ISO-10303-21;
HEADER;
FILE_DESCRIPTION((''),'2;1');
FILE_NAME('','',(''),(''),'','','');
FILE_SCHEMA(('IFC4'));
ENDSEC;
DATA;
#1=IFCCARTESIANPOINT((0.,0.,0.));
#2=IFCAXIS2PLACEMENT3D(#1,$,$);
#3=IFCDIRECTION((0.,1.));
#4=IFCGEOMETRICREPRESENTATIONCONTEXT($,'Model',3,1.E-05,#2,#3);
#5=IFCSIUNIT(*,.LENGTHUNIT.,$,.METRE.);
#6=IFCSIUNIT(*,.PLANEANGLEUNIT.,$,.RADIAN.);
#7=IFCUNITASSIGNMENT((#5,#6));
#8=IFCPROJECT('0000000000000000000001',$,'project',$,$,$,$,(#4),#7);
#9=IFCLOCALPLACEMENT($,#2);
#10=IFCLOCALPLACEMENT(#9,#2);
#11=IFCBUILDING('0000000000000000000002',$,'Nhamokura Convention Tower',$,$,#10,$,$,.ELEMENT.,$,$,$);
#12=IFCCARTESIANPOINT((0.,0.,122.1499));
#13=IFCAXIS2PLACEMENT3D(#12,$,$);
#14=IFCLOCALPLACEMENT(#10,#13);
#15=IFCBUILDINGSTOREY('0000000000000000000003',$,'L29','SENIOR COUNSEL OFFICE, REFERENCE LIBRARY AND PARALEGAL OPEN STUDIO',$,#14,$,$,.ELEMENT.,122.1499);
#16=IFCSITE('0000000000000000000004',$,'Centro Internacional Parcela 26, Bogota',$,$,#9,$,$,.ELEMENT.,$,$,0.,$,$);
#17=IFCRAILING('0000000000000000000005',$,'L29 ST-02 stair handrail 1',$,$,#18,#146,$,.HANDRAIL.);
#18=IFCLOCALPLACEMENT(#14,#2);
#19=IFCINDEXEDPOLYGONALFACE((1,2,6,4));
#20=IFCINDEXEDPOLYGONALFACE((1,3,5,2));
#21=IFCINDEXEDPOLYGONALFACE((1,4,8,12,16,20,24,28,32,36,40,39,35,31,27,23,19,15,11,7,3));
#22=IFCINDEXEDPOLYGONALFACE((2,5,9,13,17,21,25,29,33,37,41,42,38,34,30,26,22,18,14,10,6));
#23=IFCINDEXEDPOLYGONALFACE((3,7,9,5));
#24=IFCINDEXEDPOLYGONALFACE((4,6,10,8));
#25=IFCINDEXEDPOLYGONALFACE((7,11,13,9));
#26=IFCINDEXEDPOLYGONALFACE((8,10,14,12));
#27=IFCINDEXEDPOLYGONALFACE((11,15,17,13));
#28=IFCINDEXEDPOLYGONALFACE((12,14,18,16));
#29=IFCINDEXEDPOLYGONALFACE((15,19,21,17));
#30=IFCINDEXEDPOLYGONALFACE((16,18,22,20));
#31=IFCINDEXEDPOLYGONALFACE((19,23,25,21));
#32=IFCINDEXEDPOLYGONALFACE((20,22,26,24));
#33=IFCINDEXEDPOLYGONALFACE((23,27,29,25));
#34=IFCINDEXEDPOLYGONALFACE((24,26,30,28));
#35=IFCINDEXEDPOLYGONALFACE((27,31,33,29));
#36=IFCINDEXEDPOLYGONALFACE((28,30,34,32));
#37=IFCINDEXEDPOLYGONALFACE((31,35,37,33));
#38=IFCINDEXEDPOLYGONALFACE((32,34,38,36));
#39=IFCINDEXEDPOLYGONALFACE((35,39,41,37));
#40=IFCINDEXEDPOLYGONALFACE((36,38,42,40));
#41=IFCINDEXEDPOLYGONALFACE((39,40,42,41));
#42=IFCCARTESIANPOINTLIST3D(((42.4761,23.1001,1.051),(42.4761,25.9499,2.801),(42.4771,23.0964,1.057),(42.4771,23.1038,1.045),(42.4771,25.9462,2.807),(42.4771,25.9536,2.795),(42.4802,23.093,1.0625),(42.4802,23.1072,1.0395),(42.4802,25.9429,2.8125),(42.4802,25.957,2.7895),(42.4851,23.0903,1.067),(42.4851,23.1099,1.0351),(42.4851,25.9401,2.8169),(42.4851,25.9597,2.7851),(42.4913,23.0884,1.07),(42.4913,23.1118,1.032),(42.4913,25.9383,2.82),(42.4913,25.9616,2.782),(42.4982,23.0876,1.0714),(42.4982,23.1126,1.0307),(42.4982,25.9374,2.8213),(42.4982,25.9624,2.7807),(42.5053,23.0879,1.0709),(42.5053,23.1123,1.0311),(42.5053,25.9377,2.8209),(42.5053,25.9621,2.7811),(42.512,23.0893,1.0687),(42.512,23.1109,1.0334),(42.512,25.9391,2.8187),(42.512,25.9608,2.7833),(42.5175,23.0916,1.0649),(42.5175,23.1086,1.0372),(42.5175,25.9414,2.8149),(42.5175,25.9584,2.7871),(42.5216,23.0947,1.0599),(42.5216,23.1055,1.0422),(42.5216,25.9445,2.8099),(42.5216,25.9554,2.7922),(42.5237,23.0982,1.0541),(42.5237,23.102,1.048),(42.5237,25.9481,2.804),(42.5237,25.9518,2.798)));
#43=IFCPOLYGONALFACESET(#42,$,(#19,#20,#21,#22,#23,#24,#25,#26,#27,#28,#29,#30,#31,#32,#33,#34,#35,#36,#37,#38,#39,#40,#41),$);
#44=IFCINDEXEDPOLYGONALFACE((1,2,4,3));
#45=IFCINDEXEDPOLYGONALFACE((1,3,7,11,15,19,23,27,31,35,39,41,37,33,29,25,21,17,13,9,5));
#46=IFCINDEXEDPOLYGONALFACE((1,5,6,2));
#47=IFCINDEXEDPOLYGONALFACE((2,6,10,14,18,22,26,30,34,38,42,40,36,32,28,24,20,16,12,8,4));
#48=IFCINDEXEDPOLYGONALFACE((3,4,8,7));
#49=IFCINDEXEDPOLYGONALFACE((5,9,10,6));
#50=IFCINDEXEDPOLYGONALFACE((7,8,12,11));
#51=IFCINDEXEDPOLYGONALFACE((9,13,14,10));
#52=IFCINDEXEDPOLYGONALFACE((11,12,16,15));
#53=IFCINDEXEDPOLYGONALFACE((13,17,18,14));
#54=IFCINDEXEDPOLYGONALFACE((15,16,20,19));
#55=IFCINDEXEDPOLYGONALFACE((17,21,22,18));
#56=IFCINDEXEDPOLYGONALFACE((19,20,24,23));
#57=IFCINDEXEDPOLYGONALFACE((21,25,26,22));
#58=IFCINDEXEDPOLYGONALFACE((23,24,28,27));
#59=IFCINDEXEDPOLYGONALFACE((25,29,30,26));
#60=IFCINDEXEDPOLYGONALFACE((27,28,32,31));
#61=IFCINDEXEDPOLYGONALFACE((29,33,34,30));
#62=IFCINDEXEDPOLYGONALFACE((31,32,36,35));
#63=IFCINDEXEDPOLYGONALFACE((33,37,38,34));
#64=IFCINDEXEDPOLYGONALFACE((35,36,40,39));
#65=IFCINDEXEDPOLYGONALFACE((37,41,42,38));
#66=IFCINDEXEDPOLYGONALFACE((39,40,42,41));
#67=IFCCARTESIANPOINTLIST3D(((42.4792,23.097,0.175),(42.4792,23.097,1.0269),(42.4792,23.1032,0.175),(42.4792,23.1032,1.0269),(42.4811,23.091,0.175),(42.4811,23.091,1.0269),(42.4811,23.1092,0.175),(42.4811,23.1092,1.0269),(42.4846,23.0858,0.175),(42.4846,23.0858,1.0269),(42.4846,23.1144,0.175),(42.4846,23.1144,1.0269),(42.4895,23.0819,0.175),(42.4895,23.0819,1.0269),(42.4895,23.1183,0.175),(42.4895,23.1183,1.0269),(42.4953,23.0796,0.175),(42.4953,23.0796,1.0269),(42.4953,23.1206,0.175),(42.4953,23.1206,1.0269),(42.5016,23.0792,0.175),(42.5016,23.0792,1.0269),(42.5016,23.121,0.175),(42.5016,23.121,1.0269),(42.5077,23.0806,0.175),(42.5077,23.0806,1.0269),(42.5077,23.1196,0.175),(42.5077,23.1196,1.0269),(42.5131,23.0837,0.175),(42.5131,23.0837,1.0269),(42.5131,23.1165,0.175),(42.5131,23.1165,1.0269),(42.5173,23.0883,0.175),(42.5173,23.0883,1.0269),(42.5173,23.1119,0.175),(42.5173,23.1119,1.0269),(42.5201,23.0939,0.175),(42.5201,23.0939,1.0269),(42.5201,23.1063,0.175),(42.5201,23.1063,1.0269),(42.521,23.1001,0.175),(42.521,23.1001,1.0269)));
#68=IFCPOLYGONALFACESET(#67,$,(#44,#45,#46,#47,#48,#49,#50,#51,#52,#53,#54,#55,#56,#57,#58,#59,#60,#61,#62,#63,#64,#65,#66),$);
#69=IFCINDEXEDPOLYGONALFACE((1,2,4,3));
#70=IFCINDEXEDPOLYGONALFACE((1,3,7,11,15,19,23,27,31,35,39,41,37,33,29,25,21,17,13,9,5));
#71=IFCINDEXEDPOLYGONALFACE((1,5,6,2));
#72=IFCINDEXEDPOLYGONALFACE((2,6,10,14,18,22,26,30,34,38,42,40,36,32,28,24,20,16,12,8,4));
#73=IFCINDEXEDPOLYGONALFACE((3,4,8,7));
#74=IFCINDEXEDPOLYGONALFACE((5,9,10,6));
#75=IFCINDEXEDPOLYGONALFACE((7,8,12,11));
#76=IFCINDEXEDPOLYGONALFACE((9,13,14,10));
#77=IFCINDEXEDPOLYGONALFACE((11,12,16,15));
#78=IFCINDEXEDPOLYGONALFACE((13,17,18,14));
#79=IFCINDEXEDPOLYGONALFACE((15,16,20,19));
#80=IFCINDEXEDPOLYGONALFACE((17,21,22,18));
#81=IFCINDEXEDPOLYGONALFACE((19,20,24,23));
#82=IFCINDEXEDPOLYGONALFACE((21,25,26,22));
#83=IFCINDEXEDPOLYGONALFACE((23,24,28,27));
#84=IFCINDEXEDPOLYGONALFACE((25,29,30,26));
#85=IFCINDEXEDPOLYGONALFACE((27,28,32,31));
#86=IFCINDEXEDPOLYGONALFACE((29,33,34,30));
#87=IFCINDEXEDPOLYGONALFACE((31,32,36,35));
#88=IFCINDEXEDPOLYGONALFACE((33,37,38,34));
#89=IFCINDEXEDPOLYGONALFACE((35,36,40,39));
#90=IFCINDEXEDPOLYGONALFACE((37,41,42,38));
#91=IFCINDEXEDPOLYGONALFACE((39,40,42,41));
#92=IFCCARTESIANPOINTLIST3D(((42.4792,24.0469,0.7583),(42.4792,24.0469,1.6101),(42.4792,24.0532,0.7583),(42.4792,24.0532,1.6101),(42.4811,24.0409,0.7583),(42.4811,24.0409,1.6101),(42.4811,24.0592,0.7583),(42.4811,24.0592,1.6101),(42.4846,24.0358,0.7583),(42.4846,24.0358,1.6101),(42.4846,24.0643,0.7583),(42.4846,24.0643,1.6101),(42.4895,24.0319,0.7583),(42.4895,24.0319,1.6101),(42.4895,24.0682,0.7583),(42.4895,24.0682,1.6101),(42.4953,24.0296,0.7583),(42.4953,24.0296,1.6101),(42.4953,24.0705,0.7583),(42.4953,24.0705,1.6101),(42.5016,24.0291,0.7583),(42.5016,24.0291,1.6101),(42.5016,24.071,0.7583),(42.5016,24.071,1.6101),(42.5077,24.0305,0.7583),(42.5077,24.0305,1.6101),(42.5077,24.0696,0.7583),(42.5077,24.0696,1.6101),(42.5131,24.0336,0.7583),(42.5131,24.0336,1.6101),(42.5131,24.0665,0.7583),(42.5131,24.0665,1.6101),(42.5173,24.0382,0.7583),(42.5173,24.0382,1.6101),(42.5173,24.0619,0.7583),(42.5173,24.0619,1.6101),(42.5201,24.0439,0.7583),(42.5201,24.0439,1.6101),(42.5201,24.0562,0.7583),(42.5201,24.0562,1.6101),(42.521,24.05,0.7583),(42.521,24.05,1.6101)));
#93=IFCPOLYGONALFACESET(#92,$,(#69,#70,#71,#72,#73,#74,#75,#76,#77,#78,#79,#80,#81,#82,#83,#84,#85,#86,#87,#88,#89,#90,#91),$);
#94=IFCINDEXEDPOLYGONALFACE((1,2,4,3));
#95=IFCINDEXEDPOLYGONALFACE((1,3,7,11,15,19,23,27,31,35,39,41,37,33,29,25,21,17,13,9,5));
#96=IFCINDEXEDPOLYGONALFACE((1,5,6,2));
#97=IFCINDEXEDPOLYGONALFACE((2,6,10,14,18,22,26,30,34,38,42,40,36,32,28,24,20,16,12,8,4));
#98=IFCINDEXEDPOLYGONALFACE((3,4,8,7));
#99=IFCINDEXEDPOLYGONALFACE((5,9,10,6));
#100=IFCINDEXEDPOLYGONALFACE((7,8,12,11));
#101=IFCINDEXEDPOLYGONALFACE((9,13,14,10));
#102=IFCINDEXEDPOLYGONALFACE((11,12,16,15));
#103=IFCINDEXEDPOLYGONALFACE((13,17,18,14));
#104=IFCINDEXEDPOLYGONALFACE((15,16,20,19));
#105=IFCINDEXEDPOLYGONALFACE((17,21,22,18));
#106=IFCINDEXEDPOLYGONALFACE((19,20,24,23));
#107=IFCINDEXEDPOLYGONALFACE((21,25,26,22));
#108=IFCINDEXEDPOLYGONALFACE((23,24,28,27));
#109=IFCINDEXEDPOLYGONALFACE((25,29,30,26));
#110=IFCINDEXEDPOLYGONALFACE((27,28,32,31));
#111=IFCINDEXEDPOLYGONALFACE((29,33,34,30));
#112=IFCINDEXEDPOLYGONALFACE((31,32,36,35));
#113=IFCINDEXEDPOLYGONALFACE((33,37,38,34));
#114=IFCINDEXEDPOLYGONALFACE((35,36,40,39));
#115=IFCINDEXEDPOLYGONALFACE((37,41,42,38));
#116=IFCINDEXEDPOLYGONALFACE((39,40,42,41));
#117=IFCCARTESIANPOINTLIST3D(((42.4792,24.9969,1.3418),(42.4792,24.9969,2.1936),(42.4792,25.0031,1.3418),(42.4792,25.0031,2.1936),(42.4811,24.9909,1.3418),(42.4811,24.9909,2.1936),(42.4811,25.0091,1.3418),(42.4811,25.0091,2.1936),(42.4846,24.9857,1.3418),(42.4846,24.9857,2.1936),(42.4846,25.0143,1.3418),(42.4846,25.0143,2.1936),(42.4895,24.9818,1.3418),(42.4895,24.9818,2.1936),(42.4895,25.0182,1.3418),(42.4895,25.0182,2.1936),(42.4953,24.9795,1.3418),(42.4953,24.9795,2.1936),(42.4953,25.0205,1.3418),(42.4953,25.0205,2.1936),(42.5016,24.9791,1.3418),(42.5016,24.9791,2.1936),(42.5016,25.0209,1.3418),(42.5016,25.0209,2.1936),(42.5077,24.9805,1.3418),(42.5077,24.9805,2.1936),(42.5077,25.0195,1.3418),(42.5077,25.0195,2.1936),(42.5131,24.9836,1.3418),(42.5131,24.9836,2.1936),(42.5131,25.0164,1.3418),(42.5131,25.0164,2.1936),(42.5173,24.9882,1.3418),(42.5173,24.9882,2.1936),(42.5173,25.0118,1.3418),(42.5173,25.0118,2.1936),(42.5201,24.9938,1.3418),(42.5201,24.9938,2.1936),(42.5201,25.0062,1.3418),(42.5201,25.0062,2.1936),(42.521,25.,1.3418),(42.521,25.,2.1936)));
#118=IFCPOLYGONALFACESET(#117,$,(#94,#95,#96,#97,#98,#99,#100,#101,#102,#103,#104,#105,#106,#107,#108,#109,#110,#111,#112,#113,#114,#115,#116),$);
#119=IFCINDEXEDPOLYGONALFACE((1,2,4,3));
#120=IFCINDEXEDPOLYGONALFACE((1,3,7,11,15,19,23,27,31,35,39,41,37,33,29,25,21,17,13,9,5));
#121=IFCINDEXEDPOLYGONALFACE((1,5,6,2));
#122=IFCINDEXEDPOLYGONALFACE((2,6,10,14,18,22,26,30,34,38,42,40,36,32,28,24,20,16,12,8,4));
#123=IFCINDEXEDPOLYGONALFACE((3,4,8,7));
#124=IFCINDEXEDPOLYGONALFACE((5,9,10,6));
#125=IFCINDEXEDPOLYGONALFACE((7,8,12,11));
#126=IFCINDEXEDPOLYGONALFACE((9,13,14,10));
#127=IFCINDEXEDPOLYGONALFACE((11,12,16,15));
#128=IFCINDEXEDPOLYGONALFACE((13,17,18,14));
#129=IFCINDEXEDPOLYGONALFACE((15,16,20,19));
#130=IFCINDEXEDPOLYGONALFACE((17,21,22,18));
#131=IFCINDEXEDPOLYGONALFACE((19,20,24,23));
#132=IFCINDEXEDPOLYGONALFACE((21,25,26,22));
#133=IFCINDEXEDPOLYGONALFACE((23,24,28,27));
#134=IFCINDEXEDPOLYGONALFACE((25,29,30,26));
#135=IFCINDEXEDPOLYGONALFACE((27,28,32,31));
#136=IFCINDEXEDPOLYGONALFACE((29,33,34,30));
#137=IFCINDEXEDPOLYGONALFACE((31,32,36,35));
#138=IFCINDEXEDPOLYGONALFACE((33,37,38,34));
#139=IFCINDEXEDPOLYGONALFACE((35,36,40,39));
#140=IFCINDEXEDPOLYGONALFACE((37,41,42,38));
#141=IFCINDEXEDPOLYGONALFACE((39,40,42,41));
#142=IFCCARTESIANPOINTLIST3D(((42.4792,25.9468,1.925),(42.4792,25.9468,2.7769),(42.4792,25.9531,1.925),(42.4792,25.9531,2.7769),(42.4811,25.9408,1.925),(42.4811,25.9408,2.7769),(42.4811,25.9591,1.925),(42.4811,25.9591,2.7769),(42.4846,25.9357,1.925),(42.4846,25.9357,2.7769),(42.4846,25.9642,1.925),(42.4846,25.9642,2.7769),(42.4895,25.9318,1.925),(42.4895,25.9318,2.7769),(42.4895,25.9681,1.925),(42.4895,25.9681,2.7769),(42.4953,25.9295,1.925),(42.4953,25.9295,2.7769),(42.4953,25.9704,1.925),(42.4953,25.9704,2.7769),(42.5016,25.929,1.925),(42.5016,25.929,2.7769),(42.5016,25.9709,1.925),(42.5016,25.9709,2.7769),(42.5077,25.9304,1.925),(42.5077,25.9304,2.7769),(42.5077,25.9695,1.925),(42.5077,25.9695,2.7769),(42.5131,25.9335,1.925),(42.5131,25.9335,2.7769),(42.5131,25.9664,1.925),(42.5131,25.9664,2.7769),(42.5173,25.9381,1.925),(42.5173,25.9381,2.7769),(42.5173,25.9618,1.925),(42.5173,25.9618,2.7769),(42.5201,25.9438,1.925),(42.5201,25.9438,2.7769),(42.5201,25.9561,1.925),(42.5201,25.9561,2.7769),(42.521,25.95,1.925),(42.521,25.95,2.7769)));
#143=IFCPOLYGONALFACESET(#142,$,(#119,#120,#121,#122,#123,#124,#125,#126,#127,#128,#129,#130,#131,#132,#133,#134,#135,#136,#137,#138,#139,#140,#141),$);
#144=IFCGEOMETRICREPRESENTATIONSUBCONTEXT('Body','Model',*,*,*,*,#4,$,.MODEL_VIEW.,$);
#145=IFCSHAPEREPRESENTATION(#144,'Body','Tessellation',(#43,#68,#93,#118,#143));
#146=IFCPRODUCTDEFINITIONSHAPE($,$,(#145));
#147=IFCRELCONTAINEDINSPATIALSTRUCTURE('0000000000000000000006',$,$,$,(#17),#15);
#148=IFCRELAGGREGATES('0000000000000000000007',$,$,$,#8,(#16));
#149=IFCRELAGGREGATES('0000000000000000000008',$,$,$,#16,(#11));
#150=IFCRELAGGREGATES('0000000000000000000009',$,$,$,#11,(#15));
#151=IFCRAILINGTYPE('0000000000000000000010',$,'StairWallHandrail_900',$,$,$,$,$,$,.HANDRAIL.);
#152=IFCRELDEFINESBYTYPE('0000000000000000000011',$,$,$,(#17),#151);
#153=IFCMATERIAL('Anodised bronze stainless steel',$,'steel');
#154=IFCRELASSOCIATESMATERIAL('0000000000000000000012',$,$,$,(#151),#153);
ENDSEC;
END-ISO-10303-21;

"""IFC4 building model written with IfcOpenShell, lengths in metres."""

from ifc_helpers import new_model, si_unit, direction, frame, origin, origin_2d, place, context, subcontext, project, spatial, circle, extrude, material, type_object, element, save


model = new_model("IFC4")

# Units and contexts
model_context = context("Model", 3, precision=1e-05, world=origin(), true_north=direction((0.0, 1.0)))
body_context = subcontext(model_context, "Body", "Model", "MODEL_VIEW")
ifc_project = project(units=[si_unit("LENGTHUNIT", "METRE"), si_unit("PLANEANGLEUNIT", "RADIAN")], contexts=[model_context])

# Site, building, storey
site_placement = place(None, origin())
site = spatial("IfcSite", under=ifc_project, at=site_placement, Name="Centro Internacional Parcela 26, Bogota", CompositionType="ELEMENT", RefElevation=0.0)
building_placement = place(site_placement, origin())
building = spatial("IfcBuilding", under=site, at=building_placement, Name="Nhamokura Convention Tower", CompositionType="ELEMENT")
storey_placement = place(building_placement, frame((0.0, 0.0, 122.1499)))
storey = spatial("IfcBuildingStorey", under=building, at=storey_placement, Name="L29", Description="SENIOR COUNSEL OFFICE, REFERENCE LIBRARY AND PARALEGAL OPEN STUDIO", CompositionType="ELEMENT", Elevation=122.1499)

# Railing
ifc_material_1 = material(Name="Anodised bronze stainless steel", Category="steel")
railing_type_1 = type_object("IfcRailingType", Name="StairWallHandrail_900", PredefinedType="HANDRAIL", material=ifc_material_1)
railing_1_placement = place(storey_placement, frame((42.5, 23.1001, 0.175)))
element("IfcRailing", 1, at=railing_1_placement, inside=storey, type_object=railing_type_1, Name="L29 ST-02 stair handrail 1", PredefinedType="HANDRAIL", context=body_context, shape_type="SweptSolid", body=[
    extrude(circle(Radius=0.0239, at=origin_2d()), frame((0.0, 0.0, 0.876), z_axis=(0.0, 0.852159, 0.523283), x_axis=(-1.0, 0.0, 0.0)), (0.0, 0.0, 1.0), 3.3442),
    extrude(circle(Radius=0.021, at=origin_2d()), origin(), (0.0, 0.0, 1.0), 0.8518),
    extrude(circle(Radius=0.021, at=origin_2d()), frame((0.0, 0.95, 0.5833)), (0.0, 0.0, 1.0), 0.8518),
    extrude(circle(Radius=0.021, at=origin_2d()), frame((0.0, 1.8999, 1.1667)), (0.0, 0.0, 1.0), 0.8518),
    extrude(circle(Radius=0.021, at=origin_2d()), frame((0.0, 2.8499, 1.75)), (0.0, 0.0, 1.0), 0.8518),
])

save(model, "model.ifc")
